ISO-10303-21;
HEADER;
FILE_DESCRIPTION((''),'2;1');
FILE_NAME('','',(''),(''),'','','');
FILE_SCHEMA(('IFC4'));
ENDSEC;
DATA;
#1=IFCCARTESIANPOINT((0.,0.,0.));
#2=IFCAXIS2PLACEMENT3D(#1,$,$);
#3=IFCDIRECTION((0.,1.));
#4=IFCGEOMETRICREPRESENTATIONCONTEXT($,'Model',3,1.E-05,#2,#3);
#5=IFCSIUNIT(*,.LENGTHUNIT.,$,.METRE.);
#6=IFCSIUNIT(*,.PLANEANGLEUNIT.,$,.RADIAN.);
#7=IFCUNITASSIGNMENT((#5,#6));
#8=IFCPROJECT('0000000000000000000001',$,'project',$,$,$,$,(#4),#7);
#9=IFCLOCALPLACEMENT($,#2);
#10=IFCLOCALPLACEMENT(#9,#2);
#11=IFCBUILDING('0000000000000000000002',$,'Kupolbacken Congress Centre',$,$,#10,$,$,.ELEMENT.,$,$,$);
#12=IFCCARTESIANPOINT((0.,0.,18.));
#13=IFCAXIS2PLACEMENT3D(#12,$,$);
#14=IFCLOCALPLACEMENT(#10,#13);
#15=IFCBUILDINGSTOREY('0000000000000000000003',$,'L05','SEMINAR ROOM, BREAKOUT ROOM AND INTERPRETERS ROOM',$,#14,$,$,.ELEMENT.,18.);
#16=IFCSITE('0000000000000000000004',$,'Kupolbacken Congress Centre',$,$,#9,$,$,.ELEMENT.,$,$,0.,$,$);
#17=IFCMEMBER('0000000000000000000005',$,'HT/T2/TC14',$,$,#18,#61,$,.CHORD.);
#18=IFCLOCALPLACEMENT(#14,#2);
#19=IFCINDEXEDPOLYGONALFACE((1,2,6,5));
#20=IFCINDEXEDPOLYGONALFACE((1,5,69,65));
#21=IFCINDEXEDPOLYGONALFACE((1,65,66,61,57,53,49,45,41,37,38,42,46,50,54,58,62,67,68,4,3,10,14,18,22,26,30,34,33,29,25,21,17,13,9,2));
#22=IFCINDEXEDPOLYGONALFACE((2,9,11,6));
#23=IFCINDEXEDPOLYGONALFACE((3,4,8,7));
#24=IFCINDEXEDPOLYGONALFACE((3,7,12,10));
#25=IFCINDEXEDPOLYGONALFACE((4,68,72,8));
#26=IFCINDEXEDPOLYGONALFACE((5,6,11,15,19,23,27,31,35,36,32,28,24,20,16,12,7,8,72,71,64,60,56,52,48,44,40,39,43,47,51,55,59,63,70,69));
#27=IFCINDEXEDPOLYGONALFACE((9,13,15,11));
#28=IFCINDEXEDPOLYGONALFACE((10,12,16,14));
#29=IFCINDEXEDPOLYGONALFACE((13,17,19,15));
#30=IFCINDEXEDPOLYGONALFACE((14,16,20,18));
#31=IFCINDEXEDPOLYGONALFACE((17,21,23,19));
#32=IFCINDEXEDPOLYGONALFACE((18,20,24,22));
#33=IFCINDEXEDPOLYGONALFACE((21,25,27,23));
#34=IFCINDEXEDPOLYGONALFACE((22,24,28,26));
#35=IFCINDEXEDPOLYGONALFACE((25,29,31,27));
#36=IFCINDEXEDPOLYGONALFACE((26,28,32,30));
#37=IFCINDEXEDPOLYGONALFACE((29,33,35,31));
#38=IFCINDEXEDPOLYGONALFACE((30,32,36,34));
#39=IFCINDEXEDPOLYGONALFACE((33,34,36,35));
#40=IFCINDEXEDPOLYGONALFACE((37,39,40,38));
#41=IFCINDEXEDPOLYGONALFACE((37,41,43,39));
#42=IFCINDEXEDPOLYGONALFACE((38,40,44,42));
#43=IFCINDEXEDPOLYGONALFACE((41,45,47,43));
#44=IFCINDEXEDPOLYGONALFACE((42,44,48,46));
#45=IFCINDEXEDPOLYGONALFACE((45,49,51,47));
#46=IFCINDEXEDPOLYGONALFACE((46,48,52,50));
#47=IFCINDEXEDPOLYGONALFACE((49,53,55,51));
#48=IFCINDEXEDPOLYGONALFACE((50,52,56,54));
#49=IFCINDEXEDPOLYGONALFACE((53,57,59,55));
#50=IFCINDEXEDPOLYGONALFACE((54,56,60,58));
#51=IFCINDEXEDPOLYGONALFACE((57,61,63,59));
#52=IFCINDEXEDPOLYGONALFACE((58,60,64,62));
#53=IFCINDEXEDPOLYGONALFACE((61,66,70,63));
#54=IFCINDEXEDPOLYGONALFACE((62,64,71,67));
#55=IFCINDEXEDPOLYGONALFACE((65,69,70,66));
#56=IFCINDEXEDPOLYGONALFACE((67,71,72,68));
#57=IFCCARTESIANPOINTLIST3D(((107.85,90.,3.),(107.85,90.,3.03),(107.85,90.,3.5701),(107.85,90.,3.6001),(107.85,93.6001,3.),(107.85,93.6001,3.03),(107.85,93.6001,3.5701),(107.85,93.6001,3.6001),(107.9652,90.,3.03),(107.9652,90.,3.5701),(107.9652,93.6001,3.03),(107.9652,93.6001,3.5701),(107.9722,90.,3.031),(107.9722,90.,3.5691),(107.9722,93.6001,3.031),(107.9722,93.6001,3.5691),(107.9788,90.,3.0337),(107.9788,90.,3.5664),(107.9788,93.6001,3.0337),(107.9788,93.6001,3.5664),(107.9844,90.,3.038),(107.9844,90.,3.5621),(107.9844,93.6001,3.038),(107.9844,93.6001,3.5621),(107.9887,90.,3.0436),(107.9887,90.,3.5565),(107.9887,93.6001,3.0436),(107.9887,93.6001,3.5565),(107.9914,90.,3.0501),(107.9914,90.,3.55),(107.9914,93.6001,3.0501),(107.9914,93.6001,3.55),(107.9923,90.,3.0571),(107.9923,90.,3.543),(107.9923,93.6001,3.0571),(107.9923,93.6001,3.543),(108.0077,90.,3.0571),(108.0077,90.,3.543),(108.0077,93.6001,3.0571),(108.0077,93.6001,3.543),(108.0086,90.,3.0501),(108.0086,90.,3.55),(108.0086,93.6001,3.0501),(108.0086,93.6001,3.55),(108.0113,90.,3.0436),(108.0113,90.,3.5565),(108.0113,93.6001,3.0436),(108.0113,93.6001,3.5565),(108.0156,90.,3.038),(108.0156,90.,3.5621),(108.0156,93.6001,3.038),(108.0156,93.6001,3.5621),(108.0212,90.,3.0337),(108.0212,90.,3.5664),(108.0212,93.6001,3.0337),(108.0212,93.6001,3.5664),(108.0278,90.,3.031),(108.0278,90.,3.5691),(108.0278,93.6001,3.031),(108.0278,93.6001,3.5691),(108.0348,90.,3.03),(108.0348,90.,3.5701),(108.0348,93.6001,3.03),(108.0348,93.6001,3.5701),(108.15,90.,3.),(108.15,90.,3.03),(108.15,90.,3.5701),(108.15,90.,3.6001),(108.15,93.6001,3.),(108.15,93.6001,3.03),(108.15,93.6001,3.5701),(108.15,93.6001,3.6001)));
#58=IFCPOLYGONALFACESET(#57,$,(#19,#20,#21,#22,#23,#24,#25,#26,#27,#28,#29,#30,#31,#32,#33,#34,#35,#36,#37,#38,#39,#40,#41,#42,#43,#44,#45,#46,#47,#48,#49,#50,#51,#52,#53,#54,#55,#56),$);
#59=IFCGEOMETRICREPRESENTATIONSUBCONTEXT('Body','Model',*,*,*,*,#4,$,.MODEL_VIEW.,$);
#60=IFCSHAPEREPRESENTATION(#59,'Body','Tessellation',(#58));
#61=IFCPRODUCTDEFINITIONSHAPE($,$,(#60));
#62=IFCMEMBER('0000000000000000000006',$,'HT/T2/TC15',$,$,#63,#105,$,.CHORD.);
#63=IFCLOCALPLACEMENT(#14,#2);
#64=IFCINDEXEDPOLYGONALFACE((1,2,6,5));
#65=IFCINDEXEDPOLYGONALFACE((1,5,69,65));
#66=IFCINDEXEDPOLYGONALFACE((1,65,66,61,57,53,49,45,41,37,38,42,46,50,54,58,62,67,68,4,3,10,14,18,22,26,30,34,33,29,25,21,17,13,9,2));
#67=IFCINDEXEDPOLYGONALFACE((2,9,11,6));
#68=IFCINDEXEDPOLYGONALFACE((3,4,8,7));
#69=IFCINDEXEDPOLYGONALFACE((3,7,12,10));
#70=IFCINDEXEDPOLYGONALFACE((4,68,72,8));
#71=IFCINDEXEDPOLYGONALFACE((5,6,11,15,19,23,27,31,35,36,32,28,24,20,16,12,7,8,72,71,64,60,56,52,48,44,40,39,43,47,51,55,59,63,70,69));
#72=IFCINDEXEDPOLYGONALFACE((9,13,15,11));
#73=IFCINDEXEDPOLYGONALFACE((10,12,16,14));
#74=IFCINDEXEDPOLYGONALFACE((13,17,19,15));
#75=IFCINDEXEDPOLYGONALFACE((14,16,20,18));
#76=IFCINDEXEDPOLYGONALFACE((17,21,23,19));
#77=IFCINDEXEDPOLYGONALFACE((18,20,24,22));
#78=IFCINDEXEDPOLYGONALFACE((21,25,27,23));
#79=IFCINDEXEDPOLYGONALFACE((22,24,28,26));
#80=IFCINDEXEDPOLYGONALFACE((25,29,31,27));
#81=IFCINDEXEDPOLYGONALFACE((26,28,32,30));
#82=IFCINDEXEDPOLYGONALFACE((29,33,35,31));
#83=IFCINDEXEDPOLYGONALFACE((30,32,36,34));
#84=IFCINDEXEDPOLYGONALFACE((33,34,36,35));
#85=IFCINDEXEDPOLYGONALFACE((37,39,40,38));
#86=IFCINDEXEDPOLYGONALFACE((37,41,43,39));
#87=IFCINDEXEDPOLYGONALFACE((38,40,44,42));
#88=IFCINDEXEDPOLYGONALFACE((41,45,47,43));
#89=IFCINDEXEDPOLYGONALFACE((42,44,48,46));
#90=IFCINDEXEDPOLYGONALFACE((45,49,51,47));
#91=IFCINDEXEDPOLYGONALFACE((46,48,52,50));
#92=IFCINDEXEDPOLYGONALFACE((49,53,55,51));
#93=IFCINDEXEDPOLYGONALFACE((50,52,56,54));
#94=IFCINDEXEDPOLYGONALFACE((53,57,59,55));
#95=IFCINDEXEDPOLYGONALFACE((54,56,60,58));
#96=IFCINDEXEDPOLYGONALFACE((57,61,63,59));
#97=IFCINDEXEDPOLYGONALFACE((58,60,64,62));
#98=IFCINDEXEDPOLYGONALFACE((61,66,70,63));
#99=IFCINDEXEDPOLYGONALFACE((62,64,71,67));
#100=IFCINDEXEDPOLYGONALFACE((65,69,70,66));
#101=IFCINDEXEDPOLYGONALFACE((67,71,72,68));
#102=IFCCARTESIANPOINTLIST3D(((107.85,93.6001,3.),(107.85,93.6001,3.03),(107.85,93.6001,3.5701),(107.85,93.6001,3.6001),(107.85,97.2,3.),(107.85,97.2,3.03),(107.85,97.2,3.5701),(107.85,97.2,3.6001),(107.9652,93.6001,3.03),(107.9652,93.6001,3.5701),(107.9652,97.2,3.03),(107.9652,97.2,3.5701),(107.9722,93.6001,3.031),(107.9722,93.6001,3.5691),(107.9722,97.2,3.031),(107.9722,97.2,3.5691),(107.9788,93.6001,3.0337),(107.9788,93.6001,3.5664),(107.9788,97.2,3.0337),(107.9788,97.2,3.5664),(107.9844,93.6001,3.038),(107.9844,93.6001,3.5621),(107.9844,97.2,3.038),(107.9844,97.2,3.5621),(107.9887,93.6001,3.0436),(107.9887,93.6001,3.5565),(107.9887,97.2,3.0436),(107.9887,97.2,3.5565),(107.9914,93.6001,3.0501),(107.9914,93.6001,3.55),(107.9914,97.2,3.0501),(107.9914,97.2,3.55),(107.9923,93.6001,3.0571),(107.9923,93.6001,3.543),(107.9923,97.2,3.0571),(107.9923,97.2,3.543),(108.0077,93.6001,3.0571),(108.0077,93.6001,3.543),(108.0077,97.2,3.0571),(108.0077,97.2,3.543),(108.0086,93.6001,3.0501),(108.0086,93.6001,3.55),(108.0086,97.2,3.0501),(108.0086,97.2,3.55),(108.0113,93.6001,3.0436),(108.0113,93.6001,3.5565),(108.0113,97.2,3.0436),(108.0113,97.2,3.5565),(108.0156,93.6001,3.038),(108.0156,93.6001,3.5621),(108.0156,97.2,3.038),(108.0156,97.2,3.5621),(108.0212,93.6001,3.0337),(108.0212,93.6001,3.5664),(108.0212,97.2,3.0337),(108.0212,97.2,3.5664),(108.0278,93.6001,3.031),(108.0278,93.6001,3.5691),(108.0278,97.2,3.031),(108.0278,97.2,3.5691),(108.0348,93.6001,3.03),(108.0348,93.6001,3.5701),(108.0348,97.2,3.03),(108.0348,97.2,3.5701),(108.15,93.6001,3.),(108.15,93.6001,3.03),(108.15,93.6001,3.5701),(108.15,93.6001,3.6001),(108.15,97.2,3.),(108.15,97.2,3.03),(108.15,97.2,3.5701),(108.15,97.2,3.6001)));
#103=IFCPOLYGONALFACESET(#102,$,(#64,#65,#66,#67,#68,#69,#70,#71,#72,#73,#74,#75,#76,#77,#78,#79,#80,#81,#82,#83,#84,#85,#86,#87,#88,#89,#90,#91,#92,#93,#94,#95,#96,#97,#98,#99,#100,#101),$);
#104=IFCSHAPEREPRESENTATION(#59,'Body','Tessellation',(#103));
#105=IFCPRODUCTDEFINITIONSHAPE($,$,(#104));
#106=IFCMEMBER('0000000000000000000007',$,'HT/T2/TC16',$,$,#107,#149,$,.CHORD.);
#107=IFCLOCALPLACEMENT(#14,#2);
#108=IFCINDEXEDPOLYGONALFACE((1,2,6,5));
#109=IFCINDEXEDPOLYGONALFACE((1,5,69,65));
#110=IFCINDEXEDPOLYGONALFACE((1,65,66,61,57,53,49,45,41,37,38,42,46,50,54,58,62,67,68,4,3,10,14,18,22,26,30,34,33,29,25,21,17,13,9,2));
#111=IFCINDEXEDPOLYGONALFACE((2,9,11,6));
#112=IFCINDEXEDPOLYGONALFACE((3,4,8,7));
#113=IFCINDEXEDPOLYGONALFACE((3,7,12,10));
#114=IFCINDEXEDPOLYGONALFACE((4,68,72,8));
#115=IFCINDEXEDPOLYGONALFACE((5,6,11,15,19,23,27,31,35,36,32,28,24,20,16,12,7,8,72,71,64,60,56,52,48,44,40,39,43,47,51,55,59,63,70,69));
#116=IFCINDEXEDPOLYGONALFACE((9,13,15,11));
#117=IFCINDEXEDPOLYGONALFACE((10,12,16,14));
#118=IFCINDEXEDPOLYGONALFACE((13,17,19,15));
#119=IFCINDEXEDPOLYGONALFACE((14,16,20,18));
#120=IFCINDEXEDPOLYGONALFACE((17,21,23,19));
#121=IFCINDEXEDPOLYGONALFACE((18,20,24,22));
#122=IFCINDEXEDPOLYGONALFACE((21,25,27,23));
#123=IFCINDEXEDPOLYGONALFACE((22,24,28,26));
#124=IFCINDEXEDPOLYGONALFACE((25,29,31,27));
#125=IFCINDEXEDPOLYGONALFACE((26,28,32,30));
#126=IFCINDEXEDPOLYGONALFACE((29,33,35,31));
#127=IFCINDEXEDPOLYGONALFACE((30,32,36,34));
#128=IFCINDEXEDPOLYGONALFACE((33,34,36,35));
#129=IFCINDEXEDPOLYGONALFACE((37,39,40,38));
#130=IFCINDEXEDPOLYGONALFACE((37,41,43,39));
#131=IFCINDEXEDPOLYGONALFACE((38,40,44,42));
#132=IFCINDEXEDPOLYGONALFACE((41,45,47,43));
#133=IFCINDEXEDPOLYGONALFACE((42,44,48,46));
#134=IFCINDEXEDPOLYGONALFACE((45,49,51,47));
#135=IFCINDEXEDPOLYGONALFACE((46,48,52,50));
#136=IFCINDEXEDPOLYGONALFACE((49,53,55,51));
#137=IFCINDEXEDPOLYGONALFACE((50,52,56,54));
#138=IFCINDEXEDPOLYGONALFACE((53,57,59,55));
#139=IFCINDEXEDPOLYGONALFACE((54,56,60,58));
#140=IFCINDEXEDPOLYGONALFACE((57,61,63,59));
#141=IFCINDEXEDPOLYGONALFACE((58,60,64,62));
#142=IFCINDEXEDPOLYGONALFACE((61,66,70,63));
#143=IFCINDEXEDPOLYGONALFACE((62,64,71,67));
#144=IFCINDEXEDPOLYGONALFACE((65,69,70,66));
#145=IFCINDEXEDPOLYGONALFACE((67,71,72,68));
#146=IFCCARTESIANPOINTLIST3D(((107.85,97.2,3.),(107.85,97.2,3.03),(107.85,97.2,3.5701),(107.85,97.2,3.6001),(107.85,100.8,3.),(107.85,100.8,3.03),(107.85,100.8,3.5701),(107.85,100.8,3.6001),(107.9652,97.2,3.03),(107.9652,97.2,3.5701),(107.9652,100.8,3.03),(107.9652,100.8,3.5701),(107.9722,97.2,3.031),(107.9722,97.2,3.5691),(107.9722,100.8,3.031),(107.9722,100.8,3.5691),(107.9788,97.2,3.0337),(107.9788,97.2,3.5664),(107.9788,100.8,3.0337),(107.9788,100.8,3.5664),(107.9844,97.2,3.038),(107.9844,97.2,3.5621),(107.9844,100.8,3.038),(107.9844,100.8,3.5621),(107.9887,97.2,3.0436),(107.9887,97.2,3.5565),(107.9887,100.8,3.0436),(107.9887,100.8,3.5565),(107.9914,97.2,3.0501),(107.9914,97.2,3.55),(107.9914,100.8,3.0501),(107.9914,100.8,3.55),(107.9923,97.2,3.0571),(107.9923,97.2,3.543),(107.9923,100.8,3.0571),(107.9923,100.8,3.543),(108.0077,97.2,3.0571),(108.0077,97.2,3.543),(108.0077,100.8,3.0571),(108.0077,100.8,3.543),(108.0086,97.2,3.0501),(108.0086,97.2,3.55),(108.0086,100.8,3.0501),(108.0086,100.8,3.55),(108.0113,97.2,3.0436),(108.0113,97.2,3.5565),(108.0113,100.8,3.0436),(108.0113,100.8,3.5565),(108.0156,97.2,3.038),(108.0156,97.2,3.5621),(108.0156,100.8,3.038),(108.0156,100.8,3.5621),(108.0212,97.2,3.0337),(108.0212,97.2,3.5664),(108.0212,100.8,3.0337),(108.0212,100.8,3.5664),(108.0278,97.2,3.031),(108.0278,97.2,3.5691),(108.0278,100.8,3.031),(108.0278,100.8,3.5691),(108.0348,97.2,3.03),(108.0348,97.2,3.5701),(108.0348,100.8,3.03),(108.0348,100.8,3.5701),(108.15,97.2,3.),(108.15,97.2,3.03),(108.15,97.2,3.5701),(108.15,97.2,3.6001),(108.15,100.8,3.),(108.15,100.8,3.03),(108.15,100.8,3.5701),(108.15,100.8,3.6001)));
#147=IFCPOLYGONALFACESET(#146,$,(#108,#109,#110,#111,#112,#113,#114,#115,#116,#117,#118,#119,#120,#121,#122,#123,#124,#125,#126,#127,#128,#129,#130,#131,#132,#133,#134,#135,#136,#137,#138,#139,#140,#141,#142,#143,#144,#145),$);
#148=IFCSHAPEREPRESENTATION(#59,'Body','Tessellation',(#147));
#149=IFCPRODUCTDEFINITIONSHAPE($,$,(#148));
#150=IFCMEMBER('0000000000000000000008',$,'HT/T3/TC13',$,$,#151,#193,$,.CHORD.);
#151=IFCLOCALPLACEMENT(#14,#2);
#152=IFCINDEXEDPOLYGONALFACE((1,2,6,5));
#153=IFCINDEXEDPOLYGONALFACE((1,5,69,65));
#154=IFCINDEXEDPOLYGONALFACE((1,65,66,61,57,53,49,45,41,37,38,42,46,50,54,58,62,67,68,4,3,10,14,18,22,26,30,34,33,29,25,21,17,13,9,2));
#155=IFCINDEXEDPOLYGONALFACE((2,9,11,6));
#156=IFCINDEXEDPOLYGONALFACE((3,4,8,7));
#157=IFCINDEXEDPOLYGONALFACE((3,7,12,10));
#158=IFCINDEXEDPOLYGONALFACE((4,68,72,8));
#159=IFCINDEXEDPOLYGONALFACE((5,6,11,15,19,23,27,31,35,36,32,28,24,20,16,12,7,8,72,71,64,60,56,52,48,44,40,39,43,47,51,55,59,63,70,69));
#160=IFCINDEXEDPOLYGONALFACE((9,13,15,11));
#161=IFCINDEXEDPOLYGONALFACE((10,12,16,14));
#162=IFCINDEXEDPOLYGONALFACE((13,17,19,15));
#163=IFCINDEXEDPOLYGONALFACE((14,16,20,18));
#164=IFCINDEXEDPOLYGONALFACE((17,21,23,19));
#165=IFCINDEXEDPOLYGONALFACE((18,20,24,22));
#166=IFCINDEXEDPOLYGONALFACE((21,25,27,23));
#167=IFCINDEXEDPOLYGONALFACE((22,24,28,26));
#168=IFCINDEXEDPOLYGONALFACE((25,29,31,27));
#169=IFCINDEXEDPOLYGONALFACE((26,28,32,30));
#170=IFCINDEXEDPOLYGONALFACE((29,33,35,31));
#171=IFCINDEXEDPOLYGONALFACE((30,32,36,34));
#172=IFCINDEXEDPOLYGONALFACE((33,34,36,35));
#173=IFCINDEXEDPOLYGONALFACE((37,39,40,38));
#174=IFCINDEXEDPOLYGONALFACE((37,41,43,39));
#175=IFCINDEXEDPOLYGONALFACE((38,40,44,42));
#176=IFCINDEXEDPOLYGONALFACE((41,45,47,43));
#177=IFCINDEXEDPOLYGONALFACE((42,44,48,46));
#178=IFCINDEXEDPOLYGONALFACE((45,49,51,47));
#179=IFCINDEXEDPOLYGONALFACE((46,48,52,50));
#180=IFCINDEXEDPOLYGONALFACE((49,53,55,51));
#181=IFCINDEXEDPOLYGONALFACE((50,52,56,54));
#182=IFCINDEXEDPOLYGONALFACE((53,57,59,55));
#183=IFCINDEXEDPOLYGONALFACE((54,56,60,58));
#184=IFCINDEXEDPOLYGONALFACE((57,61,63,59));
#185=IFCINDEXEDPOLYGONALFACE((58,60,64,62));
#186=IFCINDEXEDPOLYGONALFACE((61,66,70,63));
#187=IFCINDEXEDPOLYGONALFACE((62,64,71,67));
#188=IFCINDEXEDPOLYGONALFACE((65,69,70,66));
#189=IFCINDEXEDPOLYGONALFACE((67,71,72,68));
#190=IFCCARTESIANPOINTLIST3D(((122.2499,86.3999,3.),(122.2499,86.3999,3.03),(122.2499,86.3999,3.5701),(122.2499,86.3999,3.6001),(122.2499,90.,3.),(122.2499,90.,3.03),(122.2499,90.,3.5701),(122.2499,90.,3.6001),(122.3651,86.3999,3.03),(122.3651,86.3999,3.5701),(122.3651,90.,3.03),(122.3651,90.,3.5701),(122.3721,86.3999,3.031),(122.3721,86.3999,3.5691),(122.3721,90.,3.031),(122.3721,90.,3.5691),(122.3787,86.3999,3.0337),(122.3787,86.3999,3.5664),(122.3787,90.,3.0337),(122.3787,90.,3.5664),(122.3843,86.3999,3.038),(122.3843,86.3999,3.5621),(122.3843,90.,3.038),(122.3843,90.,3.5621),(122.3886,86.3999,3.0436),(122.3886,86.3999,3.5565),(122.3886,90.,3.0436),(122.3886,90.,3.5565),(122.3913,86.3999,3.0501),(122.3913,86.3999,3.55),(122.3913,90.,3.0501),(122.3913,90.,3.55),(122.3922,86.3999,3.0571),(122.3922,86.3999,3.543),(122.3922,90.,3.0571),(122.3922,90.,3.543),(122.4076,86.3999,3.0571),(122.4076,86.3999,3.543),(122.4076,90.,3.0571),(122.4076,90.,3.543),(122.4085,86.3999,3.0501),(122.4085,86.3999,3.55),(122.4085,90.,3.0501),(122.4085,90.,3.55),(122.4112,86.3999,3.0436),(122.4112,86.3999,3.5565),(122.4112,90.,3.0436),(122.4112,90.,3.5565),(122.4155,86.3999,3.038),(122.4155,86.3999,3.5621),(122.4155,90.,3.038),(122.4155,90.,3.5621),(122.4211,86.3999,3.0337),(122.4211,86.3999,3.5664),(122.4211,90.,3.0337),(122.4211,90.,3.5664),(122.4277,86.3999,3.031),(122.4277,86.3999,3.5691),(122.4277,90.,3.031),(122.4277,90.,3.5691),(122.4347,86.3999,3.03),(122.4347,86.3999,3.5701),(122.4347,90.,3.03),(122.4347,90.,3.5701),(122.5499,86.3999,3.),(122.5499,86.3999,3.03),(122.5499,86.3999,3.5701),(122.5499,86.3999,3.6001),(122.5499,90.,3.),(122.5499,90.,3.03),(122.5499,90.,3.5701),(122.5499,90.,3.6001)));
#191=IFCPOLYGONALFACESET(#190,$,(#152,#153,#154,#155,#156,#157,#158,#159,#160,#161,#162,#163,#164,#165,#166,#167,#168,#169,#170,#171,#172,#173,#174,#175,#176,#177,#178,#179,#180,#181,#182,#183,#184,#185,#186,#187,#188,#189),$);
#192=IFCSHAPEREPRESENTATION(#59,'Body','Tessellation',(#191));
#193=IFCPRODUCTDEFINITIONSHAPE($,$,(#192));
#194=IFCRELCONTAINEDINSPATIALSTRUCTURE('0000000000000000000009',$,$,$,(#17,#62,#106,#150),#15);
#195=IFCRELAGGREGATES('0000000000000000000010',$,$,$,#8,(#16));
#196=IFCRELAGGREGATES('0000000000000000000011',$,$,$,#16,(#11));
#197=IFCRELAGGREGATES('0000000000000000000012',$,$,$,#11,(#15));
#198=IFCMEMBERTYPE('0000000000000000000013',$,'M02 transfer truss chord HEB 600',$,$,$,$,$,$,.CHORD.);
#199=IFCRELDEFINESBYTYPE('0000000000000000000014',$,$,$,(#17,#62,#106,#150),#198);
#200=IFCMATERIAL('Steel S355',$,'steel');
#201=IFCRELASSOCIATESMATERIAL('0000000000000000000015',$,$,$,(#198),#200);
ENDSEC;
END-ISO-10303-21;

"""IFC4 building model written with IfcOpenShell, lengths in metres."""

from ifc_helpers import new_model, si_unit, direction, frame, origin, origin_2d, place, context, subcontext, project, spatial, i_section, extrude, material, material_profile, profile_set, type_object, element, save


model = new_model("IFC4")

# Units and contexts
model_context = context("Model", 3, precision=1e-05, world=origin(), true_north=direction((0.0, 1.0)))
body_context = subcontext(model_context, "Body", "Model", "MODEL_VIEW")
ifc_project = project(units=[si_unit("LENGTHUNIT", "METRE"), si_unit("PLANEANGLEUNIT", "RADIAN")], contexts=[model_context])

# Site, building, storey
site_placement = place(None, origin())
site = spatial("IfcSite", under=ifc_project, at=site_placement, Name="Kupolbacken Congress Centre", CompositionType="ELEMENT", RefElevation=0.0)
building_placement = place(site_placement, origin())
building = spatial("IfcBuilding", under=site, at=building_placement, Name="Kupolbacken Congress Centre", CompositionType="ELEMENT")
storey_placement = place(building_placement, frame((0.0, 0.0, 18.0)))
storey = spatial("IfcBuildingStorey", under=building, at=storey_placement, Name="L05", Description="SEMINAR ROOM, BREAKOUT ROOM AND INTERPRETERS ROOM", CompositionType="ELEMENT", Elevation=18.0)

# Members
ifc_material_1 = material(Name="Steel S355", Category="steel")
ifc_material_profile_1 = material_profile(ifc_material_1, i_section(OverallWidth=0.3, OverallDepth=0.6001, WebThickness=0.0154, FlangeThickness=0.03, FilletRadius=0.0271, at=origin_2d()), Name="HEB 600")
ifc_profile_set_1 = profile_set([ifc_material_profile_1], Name="Steel S355")
member_type_1 = type_object("IfcMemberType", Name="M02 transfer truss chord HEB 600", PredefinedType="CHORD", material=ifc_profile_set_1)
for number, where, z_axis, x_axis, name in (
    (1, (108.0, 90.0, 3.3), (0.0, 1.0, 0.0), (-1.0, 0.0, 0.0), "HT/T2/TC14"),
):
    element("IfcMember", number, at=place(storey_placement, frame(where, z_axis=z_axis, x_axis=x_axis)), inside=storey, type_object=member_type_1, Name=name, PredefinedType="CHORD", context=body_context, shape_type="SweptSolid", body=[
        extrude(i_section(OverallWidth=0.3, OverallDepth=0.6001, WebThickness=0.0154, FlangeThickness=0.03, FilletRadius=0.0271, at=origin_2d()), origin(), (0.0, 0.0, 1.0), 3.6001),
    ])
member_1_placement = place(storey_placement, frame((108.0, 93.6001, 3.3), z_axis=(0.0, 1.0, 0.0), x_axis=(-1.0, 0.0, 0.0)))
element("IfcMember", 2, at=member_1_placement, inside=storey, type_object=member_type_1, Name="HT/T2/TC15", PredefinedType="CHORD", context=body_context, shape_type="SweptSolid", body=[
    extrude(i_section(OverallWidth=0.3, OverallDepth=0.6001, WebThickness=0.0154, FlangeThickness=0.03, FilletRadius=0.0271, at=origin_2d()), origin(), (0.0, 0.0, 1.0), 3.5999),
])
for number, where, z_axis, x_axis, name in (
    (3, (108.0, 97.2, 3.3), (0.0, 1.0, 0.0), (-1.0, 0.0, 0.0), "HT/T2/TC16"),
    (4, (122.3999, 86.3999, 3.3), (0.0, 1.0, 0.0), (-1.0, 0.0, 0.0), "HT/T3/TC13"),
):
    element("IfcMember", number, at=place(storey_placement, frame(where, z_axis=z_axis, x_axis=x_axis)), inside=storey, type_object=member_type_1, Name=name, PredefinedType="CHORD", context=body_context, shape_type="SweptSolid", body=[
        extrude(i_section(OverallWidth=0.3, OverallDepth=0.6001, WebThickness=0.0154, FlangeThickness=0.03, FilletRadius=0.0271, at=origin_2d()), origin(), (0.0, 0.0, 1.0), 3.6001),
    ])

save(model, "model.ifc")
